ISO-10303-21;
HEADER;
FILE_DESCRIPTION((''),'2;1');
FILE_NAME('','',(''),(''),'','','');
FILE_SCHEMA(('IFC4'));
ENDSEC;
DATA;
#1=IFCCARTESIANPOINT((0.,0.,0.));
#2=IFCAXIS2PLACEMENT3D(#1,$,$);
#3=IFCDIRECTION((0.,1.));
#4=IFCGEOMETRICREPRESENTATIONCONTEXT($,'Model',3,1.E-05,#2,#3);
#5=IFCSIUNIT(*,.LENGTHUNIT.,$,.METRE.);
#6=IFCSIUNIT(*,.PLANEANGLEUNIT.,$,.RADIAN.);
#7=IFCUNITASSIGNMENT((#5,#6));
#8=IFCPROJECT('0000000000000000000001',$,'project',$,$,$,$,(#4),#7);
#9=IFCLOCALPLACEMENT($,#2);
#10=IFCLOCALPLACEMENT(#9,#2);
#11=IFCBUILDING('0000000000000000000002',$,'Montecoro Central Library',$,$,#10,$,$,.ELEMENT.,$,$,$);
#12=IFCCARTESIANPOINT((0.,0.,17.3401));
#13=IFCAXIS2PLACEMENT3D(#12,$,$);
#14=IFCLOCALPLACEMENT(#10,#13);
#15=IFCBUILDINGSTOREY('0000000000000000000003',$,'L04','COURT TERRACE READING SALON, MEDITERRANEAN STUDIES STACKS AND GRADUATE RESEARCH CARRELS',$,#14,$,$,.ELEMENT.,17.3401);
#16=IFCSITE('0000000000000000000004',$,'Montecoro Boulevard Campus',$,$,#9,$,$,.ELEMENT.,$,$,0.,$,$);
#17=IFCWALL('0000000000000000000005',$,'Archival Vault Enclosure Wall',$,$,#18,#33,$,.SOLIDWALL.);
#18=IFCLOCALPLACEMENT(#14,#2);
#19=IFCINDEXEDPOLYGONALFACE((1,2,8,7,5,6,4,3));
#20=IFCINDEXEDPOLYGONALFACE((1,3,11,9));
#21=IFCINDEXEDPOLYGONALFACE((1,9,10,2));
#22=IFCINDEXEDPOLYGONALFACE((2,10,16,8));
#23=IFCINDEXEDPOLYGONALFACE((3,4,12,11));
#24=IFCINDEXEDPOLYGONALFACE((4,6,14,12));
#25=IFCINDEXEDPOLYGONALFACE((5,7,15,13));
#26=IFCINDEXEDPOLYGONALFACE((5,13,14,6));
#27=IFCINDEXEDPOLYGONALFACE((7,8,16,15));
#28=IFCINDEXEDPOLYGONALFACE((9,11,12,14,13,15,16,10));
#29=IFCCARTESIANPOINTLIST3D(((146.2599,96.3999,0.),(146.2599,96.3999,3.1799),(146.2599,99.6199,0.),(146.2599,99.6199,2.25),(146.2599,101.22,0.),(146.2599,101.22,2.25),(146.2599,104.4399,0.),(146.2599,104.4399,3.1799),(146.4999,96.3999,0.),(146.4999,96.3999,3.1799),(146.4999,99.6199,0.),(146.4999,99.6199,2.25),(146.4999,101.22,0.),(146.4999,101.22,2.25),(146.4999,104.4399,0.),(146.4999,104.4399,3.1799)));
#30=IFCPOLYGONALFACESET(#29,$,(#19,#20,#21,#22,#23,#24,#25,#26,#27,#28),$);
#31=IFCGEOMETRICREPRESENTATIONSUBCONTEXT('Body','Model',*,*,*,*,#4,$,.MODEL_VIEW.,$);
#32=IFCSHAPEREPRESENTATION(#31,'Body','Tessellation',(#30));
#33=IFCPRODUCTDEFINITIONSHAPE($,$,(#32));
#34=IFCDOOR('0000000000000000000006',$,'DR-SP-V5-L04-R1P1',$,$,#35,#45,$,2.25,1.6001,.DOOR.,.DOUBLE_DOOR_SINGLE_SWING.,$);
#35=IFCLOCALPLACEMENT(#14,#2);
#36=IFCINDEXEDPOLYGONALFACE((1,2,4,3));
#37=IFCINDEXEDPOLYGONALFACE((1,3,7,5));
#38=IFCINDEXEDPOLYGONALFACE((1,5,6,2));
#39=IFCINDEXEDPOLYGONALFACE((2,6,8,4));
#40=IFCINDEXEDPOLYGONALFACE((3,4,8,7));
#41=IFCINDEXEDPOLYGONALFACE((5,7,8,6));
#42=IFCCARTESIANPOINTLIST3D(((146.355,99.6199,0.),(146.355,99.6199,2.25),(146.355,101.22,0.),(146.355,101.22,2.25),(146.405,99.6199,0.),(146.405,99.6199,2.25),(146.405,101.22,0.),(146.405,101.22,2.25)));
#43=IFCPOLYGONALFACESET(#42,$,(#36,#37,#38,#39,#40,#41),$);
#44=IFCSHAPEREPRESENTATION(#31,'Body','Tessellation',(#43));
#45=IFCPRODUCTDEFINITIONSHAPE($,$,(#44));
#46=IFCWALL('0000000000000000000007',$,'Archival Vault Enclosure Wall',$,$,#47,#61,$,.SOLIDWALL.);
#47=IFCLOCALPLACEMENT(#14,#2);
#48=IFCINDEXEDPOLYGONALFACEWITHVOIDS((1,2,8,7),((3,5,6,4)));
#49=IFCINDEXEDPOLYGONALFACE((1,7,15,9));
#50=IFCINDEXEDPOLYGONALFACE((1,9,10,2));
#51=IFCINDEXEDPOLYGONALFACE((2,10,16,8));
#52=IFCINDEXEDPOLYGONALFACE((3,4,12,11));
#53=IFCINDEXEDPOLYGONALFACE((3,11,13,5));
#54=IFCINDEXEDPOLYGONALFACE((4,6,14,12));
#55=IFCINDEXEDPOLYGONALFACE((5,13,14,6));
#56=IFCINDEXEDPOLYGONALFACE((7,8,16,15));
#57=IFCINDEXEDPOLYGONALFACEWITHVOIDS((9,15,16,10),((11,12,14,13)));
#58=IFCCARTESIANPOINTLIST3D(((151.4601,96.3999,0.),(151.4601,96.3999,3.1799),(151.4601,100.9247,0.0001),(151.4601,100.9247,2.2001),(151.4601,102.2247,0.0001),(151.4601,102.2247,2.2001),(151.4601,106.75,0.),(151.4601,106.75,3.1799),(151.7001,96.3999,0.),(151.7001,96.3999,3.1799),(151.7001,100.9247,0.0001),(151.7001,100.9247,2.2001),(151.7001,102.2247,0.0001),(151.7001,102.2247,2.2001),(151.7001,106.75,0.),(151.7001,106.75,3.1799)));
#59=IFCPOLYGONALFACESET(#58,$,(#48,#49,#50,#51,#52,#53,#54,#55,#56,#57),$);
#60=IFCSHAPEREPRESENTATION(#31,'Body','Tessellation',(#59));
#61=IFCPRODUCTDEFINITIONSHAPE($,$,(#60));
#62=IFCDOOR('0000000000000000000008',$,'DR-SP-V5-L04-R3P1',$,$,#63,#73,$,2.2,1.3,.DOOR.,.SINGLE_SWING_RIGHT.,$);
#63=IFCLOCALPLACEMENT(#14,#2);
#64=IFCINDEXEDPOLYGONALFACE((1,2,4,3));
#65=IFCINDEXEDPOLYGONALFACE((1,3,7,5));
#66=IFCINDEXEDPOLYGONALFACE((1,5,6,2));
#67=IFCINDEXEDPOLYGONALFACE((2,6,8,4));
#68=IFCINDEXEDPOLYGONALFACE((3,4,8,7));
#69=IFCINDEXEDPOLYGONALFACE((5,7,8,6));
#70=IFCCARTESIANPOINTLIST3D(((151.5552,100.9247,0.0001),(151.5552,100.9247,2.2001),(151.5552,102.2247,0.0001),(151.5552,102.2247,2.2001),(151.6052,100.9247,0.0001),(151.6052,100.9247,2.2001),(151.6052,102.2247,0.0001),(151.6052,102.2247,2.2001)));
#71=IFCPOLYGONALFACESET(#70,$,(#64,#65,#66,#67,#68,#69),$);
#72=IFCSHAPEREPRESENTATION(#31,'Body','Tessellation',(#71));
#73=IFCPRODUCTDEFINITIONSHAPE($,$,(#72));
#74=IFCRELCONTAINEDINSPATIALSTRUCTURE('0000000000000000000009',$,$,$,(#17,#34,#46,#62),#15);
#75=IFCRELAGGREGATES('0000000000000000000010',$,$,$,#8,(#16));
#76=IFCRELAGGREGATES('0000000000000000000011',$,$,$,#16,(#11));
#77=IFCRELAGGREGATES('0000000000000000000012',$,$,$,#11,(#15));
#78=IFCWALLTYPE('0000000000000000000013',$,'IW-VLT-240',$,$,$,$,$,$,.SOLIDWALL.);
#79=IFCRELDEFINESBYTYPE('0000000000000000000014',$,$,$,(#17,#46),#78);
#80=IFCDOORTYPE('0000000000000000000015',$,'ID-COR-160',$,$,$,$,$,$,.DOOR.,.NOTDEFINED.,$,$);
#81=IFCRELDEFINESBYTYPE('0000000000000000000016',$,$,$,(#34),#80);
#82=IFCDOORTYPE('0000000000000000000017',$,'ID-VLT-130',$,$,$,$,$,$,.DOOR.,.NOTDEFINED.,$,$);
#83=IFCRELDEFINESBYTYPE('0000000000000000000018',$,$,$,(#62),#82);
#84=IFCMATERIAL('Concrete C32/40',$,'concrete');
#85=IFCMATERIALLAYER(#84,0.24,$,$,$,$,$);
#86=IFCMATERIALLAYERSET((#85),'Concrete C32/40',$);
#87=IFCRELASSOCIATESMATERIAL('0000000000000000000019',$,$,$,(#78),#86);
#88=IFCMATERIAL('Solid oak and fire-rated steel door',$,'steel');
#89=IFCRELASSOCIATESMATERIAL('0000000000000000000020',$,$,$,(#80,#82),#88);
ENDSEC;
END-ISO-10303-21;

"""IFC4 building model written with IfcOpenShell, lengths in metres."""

from ifc_helpers import new_model, si_unit, direction, frame, frame_2d, origin, place, context, subcontext, project, spatial, rectangle, extrude, material, layer, layer_set, type_object, element, fill, save


model = new_model("IFC4")

# Units and contexts
model_context = context("Model", 3, precision=1e-05, world=origin(), true_north=direction((0.0, 1.0)))
body_context = subcontext(model_context, "Body", "Model", "MODEL_VIEW")
ifc_project = project(units=[si_unit("LENGTHUNIT", "METRE"), si_unit("PLANEANGLEUNIT", "RADIAN")], contexts=[model_context])

# Site, building, storey
site_placement = place(None, origin())
site = spatial("IfcSite", under=ifc_project, at=site_placement, Name="Montecoro Boulevard Campus", CompositionType="ELEMENT", RefElevation=0.0)
building_placement = place(site_placement, origin())
building = spatial("IfcBuilding", under=site, at=building_placement, Name="Montecoro Central Library", CompositionType="ELEMENT")
storey_placement = place(building_placement, frame((0.0, 0.0, 17.3401)))
storey = spatial("IfcBuildingStorey", under=building, at=storey_placement, Name="L04", Description="COURT TERRACE READING SALON, MEDITERRANEAN STUDIES STACKS AND GRADUATE RESEARCH CARRELS", CompositionType="ELEMENT", Elevation=17.3401)

# Shared definitions
ifc_material_1 = material(Name="Solid oak and fire-rated steel door", Category="steel")

# Walls, openings, doors
ifc_material_2 = material(Name="Concrete C32/40", Category="concrete")
ifc_layer_1 = layer(ifc_material_2, 0.24)
ifc_layer_set_1 = layer_set([ifc_layer_1], Name="Concrete C32/40")
wall_type_1 = type_object("IfcWallType", Name="IW-VLT-240", PredefinedType="SOLIDWALL", material=ifc_layer_set_1)
wall_1_placement = place(storey_placement, frame((146.3799, 96.3999, 0.0), z_axis=(0.0, 0.0, 1.0), x_axis=(0.0, 1.0, 0.0)))
wall_1 = element("IfcWall", 1, at=wall_1_placement, inside=storey, type_object=wall_type_1, Name="Archival Vault Enclosure Wall", PredefinedType="SOLIDWALL", context=body_context, shape_type="SweptSolid", body=[
    extrude(rectangle(XDim=8.04, YDim=0.24, at=frame_2d((4.02, 0.0))), origin(), (0.0, 0.0, 1.0), 3.1799),
])
opening_1_placement = place(wall_1_placement, frame((3.22, 0.0, 0.0)))
opening_1 = element("IfcOpeningElement", 2, at=opening_1_placement, cuts=wall_1, PredefinedType="OPENING", context=body_context, shape_type="SweptSolid", body=[
    extrude(rectangle(XDim=1.6001, YDim=2.25, at=frame_2d((0.8, 1.125))), frame((0.0, 0.1299, 0.0), z_axis=(0.0, -1.0, 0.0), x_axis=(1.0, 0.0, 0.0)), (0.0, 0.0, 1.0), 0.26),
])
door_type_1 = type_object("IfcDoorType", Name="ID-COR-160", OperationType="NOTDEFINED", PredefinedType="DOOR", material=ifc_material_1)
door_1_placement = place(opening_1_placement, origin())
door_1 = element("IfcDoor", 3, at=door_1_placement, inside=storey, type_object=door_type_1, Name="DR-SP-V5-L04-R1P1", OperationType="DOUBLE_DOOR_SINGLE_SWING", OverallHeight=2.25, OverallWidth=1.6001, PredefinedType="DOOR", context=body_context, shape_type="SweptSolid", body=[
    extrude(rectangle(XDim=1.6001, YDim=2.25, at=frame_2d((0.8, 1.125))), frame((0.0, 0.0249, 0.0), z_axis=(0.0, -1.0, 0.0), x_axis=(1.0, 0.0, 0.0)), (0.0, 0.0, 1.0), 0.05),
])
fill(opening_1, door_1)
wall_2_placement = place(storey_placement, frame((151.5801, 96.3999, 0.0), z_axis=(0.0, 0.0, 1.0), x_axis=(0.0, 1.0, 0.0)))
wall_2 = element("IfcWall", 4, at=wall_2_placement, inside=storey, type_object=wall_type_1, Name="Archival Vault Enclosure Wall", PredefinedType="SOLIDWALL", context=body_context, shape_type="SweptSolid", body=[
    extrude(rectangle(XDim=10.3501, YDim=0.24, at=frame_2d((5.175, 0.0))), origin(), (0.0, 0.0, 1.0), 3.1799),
])
opening_2_placement = place(wall_2_placement, frame((4.5249, 0.0, 0.0)))
opening_2 = element("IfcOpeningElement", 5, at=opening_2_placement, cuts=wall_2, PredefinedType="OPENING", context=body_context, shape_type="SweptSolid", body=[
    extrude(rectangle(XDim=1.3, YDim=2.2, at=frame_2d((0.6499, 1.1001))), frame((0.0, 0.1299, 0.0), z_axis=(0.0, -1.0, 0.0), x_axis=(1.0, 0.0, 0.0)), (0.0, 0.0, 1.0), 0.26),
])
door_type_2 = type_object("IfcDoorType", Name="ID-VLT-130", OperationType="NOTDEFINED", PredefinedType="DOOR", material=ifc_material_1)
door_2_placement = place(opening_2_placement, origin())
door_2 = element("IfcDoor", 6, at=door_2_placement, inside=storey, type_object=door_type_2, Name="DR-SP-V5-L04-R3P1", OperationType="SINGLE_SWING_RIGHT", OverallHeight=2.2, OverallWidth=1.3, PredefinedType="DOOR", context=body_context, shape_type="SweptSolid", body=[
    extrude(rectangle(XDim=1.3, YDim=2.2, at=frame_2d((0.6499, 1.1001))), frame((0.0, 0.0249, 0.0), z_axis=(0.0, -1.0, 0.0), x_axis=(1.0, 0.0, 0.0)), (0.0, 0.0, 1.0), 0.05),
])
fill(opening_2, door_2)

save(model, "model.ifc")
